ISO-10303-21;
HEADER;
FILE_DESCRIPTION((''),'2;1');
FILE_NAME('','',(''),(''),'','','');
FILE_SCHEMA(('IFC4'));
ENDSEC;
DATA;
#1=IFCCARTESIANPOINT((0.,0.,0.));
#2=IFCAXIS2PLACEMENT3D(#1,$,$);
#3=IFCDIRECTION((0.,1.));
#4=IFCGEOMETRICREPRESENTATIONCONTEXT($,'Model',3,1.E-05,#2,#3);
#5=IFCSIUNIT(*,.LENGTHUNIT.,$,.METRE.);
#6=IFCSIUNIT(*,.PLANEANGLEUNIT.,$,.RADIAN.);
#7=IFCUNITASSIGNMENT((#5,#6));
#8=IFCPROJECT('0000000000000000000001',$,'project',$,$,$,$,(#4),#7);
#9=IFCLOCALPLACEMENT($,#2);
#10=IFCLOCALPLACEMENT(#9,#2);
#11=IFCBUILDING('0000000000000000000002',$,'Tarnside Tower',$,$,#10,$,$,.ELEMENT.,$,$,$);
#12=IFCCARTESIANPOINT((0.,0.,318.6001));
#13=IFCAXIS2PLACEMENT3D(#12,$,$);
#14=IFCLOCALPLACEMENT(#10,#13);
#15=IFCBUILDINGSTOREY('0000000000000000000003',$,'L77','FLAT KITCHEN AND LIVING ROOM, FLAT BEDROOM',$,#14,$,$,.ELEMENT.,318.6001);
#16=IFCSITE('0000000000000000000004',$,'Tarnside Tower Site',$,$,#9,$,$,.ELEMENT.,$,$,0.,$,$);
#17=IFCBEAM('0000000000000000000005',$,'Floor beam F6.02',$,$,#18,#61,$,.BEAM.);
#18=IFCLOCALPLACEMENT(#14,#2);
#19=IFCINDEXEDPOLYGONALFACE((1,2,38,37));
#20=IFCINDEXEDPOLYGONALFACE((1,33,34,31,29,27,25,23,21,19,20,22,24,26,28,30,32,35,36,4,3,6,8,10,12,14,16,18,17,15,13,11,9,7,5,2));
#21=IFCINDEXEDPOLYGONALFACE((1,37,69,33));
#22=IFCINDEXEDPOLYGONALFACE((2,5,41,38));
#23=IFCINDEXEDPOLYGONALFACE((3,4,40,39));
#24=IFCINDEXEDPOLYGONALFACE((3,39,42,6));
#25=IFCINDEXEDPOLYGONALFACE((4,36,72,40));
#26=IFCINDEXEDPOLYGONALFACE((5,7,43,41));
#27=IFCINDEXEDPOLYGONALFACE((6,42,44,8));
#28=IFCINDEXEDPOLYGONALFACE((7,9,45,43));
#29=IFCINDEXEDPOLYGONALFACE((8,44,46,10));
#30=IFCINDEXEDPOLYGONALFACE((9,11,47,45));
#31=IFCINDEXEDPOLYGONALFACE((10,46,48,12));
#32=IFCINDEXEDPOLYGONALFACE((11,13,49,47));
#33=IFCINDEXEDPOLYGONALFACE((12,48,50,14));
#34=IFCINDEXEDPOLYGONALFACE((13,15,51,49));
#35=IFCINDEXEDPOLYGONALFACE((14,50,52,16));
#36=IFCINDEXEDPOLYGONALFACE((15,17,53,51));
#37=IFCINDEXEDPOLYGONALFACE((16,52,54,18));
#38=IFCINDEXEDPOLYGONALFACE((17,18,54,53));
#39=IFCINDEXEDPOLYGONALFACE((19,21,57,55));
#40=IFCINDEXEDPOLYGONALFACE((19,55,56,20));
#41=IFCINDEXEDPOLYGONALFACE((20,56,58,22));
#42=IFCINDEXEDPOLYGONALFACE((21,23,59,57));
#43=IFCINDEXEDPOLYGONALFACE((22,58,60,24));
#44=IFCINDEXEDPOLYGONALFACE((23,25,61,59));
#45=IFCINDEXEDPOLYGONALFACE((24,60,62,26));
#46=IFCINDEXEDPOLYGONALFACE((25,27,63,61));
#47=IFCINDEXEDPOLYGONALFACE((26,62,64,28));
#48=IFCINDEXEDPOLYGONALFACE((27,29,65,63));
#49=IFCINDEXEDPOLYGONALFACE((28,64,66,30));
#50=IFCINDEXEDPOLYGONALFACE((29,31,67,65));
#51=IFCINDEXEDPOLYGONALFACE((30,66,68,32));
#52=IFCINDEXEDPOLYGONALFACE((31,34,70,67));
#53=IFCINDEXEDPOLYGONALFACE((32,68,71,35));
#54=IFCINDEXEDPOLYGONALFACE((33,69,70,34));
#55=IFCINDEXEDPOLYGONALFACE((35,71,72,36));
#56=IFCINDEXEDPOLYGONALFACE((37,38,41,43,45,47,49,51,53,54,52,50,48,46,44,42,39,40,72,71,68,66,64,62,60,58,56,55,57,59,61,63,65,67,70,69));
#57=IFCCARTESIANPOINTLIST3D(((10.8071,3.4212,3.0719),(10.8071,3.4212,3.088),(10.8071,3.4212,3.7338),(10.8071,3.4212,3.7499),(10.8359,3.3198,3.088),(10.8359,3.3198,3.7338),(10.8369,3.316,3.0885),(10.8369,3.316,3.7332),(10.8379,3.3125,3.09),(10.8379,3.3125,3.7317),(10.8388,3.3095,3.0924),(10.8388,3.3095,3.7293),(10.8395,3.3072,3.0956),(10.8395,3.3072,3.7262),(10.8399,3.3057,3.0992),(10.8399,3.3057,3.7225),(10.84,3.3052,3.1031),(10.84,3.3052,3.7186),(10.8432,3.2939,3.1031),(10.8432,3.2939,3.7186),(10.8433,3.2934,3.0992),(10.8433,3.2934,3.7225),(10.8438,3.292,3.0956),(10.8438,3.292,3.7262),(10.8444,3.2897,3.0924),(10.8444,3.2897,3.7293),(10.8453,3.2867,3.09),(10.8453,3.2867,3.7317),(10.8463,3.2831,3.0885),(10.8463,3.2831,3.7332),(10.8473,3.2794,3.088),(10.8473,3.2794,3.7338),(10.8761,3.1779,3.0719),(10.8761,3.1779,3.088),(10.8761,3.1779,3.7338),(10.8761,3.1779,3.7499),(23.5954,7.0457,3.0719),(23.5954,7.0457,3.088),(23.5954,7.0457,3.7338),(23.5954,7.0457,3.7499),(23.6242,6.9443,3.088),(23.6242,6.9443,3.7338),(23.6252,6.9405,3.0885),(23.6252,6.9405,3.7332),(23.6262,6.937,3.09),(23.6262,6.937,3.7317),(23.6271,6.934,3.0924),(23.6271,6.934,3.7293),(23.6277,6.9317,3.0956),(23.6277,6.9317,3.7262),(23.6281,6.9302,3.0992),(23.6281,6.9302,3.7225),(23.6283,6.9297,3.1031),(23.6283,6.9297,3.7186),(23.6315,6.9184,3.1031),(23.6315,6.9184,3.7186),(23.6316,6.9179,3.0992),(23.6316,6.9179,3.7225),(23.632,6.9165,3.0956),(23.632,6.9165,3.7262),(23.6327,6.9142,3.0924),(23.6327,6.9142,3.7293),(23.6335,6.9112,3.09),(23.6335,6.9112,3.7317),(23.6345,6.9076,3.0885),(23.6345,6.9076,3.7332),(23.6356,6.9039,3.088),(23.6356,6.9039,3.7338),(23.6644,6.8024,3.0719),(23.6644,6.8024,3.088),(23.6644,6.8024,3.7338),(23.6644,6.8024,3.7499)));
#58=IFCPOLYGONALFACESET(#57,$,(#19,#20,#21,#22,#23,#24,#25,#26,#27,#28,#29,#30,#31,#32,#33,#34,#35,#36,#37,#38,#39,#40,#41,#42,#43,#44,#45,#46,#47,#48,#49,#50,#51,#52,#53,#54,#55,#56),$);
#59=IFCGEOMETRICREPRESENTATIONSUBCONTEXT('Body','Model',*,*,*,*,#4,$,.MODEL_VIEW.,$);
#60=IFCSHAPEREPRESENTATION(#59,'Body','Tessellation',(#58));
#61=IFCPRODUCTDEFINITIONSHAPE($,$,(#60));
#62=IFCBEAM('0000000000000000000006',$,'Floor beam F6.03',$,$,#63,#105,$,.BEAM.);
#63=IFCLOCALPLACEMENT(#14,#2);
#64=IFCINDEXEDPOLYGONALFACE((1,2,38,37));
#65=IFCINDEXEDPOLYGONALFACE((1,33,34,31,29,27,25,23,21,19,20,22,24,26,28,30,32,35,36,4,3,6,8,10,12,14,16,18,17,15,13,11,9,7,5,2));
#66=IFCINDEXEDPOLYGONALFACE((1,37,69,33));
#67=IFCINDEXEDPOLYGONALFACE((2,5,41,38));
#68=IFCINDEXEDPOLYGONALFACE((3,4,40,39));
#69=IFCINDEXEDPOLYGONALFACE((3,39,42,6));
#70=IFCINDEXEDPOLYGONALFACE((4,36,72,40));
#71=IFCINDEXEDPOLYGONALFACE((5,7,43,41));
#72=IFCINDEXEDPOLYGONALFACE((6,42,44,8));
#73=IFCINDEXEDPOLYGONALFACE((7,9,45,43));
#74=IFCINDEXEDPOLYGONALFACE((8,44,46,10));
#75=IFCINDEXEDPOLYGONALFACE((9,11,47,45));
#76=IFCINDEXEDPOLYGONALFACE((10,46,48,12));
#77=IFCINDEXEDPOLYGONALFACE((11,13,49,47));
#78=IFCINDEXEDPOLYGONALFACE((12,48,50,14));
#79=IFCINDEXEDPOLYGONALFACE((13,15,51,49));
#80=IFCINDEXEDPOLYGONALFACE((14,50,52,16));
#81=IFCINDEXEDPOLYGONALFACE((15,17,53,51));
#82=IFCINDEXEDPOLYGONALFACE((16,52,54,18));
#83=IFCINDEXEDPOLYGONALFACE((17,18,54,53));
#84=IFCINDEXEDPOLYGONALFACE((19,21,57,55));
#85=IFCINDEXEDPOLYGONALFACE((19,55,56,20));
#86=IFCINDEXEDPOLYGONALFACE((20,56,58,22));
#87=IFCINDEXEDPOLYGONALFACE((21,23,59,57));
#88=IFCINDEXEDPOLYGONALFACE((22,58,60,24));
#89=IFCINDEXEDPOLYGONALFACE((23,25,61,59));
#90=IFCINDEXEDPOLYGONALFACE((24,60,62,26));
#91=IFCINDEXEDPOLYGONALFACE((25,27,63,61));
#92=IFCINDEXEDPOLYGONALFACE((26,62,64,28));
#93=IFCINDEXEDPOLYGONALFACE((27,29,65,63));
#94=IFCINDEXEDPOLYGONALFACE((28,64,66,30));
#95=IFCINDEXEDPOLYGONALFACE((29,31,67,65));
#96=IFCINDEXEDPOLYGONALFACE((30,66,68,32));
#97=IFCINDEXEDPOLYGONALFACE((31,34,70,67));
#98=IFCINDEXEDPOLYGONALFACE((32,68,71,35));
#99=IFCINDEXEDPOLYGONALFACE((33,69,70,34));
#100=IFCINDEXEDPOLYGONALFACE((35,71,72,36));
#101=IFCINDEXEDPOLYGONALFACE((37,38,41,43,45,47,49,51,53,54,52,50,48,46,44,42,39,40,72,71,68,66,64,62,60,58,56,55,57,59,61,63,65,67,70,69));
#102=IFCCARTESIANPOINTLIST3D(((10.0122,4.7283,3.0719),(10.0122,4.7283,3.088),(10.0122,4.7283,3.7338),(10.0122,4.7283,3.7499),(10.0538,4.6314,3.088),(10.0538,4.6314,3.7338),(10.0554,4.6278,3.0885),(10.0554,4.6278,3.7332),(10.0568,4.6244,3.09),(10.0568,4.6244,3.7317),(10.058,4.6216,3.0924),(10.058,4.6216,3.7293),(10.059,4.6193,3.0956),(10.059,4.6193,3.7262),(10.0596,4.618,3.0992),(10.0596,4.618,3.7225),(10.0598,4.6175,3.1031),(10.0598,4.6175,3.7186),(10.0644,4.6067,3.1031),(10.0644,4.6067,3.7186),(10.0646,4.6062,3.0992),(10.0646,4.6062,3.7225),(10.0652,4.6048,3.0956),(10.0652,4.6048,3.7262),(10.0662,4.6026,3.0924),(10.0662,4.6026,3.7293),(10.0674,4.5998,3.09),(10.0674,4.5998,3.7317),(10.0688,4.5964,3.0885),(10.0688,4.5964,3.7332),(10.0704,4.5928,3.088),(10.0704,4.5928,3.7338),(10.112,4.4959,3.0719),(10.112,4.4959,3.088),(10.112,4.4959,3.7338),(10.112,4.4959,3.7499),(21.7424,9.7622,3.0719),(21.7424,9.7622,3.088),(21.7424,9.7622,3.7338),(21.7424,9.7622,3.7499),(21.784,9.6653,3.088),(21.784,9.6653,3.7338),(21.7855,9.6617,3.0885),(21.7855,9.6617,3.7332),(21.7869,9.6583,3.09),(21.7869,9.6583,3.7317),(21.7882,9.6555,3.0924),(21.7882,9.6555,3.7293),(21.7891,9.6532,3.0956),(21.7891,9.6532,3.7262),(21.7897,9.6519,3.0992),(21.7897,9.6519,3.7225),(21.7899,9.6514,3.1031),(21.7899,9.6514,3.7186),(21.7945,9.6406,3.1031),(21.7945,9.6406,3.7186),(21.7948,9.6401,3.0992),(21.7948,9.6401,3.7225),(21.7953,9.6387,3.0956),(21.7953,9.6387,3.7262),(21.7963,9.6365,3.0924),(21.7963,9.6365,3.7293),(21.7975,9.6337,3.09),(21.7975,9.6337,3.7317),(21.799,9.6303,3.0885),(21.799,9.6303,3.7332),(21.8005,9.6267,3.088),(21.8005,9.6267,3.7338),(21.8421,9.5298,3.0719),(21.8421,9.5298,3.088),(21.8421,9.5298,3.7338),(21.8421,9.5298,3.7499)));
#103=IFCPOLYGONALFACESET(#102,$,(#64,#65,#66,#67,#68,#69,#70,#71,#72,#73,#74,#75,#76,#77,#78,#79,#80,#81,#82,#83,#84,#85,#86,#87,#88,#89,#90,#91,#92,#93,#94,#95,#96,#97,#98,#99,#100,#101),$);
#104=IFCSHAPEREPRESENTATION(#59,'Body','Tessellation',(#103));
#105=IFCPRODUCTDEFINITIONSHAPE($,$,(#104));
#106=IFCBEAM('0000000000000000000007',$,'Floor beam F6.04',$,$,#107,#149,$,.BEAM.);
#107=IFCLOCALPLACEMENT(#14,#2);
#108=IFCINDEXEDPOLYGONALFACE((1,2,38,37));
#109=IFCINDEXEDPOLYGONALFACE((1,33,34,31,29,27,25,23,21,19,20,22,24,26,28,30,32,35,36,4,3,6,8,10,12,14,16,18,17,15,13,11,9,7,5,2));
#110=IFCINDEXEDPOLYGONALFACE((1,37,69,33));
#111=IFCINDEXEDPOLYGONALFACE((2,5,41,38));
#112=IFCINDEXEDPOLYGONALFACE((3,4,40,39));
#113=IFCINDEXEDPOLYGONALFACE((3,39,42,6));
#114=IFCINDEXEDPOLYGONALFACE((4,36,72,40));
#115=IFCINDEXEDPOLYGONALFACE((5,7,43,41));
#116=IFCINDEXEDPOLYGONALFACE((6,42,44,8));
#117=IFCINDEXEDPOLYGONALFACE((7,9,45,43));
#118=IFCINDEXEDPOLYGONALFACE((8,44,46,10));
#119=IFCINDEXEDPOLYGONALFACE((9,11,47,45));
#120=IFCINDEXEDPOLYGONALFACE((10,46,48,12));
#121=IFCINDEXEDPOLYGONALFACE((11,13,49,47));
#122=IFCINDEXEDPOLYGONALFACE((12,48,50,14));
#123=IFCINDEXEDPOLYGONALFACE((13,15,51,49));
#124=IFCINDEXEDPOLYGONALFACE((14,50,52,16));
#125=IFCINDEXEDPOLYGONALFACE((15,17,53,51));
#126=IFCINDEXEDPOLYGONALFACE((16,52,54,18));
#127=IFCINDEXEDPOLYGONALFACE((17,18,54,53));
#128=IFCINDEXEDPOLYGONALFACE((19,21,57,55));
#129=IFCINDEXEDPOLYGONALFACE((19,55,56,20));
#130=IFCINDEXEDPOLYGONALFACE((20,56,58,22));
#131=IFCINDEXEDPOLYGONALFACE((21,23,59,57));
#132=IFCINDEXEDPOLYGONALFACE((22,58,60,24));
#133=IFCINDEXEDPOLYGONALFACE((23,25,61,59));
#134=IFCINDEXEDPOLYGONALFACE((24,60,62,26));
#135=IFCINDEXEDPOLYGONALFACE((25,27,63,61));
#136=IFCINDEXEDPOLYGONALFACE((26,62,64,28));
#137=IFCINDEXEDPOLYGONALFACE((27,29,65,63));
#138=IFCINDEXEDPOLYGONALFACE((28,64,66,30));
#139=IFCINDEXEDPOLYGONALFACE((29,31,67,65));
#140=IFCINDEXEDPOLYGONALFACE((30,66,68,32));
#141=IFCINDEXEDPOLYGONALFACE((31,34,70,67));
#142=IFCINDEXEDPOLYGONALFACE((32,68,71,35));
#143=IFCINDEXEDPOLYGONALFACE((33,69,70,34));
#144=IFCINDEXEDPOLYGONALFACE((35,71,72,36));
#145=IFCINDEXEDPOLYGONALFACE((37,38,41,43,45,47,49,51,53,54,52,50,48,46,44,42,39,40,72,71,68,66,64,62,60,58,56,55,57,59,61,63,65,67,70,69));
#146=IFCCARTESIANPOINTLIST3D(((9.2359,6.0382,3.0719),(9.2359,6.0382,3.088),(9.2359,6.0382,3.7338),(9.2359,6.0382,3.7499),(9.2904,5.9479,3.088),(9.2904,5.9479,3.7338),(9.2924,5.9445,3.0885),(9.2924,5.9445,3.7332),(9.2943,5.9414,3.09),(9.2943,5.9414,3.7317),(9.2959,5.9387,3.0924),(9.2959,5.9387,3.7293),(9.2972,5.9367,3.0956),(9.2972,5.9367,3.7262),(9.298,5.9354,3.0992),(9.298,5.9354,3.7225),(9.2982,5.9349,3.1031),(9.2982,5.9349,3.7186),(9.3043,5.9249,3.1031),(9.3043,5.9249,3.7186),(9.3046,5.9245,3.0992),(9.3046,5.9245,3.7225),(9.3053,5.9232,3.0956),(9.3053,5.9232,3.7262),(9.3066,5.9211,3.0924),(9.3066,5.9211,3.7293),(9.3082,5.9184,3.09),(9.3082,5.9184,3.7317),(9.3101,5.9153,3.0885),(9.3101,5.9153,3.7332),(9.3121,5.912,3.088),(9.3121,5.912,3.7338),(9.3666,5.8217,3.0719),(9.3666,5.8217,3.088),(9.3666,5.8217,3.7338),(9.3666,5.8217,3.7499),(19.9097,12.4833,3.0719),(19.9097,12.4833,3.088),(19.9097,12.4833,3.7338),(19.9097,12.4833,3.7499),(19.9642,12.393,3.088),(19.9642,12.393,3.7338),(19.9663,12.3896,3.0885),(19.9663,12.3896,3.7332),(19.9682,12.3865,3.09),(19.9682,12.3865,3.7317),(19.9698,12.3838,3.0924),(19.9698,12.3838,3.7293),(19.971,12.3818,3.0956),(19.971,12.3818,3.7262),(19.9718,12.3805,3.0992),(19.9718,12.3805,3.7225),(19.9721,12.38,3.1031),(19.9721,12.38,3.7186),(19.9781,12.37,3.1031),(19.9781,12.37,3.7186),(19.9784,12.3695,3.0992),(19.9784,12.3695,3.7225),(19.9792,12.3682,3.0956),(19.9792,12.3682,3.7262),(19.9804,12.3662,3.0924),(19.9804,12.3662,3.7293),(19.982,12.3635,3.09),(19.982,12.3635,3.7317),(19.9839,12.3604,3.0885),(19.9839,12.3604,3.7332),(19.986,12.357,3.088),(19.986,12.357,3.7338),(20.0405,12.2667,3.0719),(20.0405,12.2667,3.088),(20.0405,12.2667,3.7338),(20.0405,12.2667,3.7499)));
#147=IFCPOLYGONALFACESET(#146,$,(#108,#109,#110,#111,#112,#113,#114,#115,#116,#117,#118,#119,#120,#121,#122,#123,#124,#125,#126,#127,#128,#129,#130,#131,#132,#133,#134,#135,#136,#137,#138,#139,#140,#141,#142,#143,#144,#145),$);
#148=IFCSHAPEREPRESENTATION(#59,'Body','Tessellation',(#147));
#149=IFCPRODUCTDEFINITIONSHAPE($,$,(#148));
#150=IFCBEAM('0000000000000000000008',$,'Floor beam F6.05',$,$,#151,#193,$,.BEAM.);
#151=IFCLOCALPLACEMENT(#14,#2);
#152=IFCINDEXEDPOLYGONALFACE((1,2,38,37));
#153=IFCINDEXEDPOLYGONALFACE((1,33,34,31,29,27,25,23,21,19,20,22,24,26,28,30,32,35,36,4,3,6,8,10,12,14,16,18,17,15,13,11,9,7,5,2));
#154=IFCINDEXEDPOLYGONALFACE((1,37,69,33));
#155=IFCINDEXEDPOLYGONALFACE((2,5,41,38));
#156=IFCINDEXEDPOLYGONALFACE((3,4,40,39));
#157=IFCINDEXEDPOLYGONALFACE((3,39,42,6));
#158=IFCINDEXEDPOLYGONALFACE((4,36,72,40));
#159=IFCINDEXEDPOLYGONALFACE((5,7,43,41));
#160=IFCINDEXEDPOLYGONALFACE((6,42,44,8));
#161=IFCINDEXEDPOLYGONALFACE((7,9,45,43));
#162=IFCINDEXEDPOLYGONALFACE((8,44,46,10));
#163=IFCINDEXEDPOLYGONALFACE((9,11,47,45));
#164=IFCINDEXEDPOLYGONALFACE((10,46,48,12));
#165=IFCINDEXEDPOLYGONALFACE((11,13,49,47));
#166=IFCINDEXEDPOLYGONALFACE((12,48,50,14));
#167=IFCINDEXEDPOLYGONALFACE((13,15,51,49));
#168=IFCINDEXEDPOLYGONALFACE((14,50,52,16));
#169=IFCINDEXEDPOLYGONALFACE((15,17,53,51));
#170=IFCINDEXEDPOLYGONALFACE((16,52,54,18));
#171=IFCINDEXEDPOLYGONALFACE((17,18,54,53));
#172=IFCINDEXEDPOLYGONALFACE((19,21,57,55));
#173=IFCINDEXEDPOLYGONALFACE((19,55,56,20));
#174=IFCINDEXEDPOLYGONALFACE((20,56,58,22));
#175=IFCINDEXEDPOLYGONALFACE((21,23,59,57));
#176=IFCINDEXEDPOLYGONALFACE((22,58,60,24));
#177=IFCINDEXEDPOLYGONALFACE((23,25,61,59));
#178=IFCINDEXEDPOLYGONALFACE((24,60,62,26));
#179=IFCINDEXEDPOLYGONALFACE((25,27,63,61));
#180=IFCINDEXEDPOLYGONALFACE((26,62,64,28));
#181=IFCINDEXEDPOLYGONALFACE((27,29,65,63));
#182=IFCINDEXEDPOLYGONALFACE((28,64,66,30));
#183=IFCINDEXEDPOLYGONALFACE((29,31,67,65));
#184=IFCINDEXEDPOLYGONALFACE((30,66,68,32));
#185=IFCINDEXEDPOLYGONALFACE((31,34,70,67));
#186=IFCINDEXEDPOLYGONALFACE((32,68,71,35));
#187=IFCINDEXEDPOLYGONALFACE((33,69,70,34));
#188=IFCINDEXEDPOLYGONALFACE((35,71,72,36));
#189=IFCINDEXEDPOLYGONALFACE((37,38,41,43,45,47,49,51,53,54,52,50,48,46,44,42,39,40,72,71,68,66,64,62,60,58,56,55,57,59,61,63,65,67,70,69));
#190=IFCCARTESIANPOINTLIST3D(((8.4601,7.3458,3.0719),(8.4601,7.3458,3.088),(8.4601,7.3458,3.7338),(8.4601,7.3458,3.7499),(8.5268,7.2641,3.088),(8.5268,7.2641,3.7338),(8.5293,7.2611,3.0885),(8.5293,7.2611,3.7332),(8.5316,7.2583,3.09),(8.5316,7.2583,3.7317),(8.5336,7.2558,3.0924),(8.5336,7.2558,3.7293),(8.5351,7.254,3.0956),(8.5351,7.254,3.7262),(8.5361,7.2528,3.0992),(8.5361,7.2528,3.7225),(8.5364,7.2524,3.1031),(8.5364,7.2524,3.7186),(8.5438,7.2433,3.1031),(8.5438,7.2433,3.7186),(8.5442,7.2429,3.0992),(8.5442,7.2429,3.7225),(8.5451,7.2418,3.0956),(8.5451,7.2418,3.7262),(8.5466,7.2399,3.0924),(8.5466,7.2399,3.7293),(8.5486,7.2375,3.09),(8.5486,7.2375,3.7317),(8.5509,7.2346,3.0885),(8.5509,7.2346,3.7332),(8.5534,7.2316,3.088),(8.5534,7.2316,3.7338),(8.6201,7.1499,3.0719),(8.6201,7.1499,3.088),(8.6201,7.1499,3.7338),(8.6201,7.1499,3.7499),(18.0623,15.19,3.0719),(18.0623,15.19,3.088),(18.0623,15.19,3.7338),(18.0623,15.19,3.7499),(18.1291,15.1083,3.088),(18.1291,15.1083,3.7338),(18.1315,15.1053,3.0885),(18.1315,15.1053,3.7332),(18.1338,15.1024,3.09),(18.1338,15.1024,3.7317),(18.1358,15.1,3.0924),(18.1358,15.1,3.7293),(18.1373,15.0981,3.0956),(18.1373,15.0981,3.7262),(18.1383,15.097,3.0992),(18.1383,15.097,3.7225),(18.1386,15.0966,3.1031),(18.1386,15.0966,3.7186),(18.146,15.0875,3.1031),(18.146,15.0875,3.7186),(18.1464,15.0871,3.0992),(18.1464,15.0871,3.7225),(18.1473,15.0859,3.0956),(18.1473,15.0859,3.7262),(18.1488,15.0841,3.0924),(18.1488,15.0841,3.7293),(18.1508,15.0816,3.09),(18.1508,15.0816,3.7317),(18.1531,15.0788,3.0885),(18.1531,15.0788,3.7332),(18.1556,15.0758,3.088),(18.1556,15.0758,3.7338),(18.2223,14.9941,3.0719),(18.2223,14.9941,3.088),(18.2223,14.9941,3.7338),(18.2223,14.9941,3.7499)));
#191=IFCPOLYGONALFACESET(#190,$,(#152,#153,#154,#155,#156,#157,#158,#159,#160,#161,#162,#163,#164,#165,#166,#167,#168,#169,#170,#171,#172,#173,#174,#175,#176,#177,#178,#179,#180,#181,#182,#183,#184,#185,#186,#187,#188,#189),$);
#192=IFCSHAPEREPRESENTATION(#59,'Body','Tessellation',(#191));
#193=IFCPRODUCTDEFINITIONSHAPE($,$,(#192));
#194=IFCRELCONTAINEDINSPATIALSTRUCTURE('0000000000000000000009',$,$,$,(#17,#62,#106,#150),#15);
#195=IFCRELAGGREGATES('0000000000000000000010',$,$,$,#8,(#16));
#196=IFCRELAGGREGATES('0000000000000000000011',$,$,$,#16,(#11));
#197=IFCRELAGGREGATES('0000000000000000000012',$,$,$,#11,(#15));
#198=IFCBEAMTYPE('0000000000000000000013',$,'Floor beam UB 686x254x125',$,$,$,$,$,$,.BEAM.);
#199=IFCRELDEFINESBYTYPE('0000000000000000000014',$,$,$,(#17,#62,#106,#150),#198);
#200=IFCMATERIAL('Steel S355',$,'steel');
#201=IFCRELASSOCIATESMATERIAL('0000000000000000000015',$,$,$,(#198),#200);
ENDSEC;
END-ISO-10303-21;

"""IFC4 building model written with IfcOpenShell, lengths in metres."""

from ifc_helpers import new_model, si_unit, direction, frame, origin, origin_2d, place, context, subcontext, project, spatial, i_section, extrude, material, material_profile, profile_set, type_object, element, save


model = new_model("IFC4")

# Units and contexts
model_context = context("Model", 3, precision=1e-05, world=origin(), true_north=direction((0.0, 1.0)))
body_context = subcontext(model_context, "Body", "Model", "MODEL_VIEW")
ifc_project = project(units=[si_unit("LENGTHUNIT", "METRE"), si_unit("PLANEANGLEUNIT", "RADIAN")], contexts=[model_context])

# Site, building, storey
site_placement = place(None, origin())
site = spatial("IfcSite", under=ifc_project, at=site_placement, Name="Tarnside Tower Site", CompositionType="ELEMENT", RefElevation=0.0)
building_placement = place(site_placement, origin())
building = spatial("IfcBuilding", under=site, at=building_placement, Name="Tarnside Tower", CompositionType="ELEMENT")
storey_placement = place(building_placement, frame((0.0, 0.0, 318.6001)))
storey = spatial("IfcBuildingStorey", under=building, at=storey_placement, Name="L77", Description="FLAT KITCHEN AND LIVING ROOM, FLAT BEDROOM", CompositionType="ELEMENT", Elevation=318.6001)

# Beams
ifc_material_1 = material(Name="Steel S355", Category="steel")
ifc_material_profile_1 = material_profile(ifc_material_1, i_section(OverallWidth=0.2529, OverallDepth=0.678, WebThickness=0.0117, FlangeThickness=0.0161, FilletRadius=0.0151, at=origin_2d()), Name="UB 686x254x125")
ifc_profile_set_1 = profile_set([ifc_material_profile_1], Name="Steel S355")
beam_type_1 = type_object("IfcBeamType", Name="Floor beam UB 686x254x125", PredefinedType="BEAM", material=ifc_profile_set_1)
beam_1_placement = place(storey_placement, frame((23.6299, 6.9241, 3.4109), z_axis=(-0.962104, -0.272683, 0.0), x_axis=(0.272683, -0.962104, 0.0)))
element("IfcBeam", 1, at=beam_1_placement, inside=storey, type_object=beam_type_1, Name="Floor beam F6.02", PredefinedType="BEAM", context=body_context, shape_type="SweptSolid", body=[
    extrude(i_section(OverallWidth=0.2529, OverallDepth=0.678, WebThickness=0.0117, FlangeThickness=0.0161, FilletRadius=0.0151, at=origin_2d()), origin(), (0.0, 0.0, 1.0), 13.292),
])
beam_2_placement = place(storey_placement, frame((21.7922, 9.646, 3.4109), z_axis=(-0.918955, -0.394362, 0.0), x_axis=(0.394362, -0.918955, 0.0)))
element("IfcBeam", 2, at=beam_2_placement, inside=storey, type_object=beam_type_1, Name="Floor beam F6.03", PredefinedType="BEAM", context=body_context, shape_type="SweptSolid", body=[
    extrude(i_section(OverallWidth=0.2529, OverallDepth=0.678, WebThickness=0.0117, FlangeThickness=0.0161, FilletRadius=0.0151, at=origin_2d()), origin(), (0.0, 0.0, 1.0), 12.7646),
])
beam_3_placement = place(storey_placement, frame((19.9751, 12.375, 3.4109), z_axis=(-0.856047, -0.516898, 0.0), x_axis=(0.516898, -0.856047, 0.0)))
element("IfcBeam", 3, at=beam_3_placement, inside=storey, type_object=beam_type_1, Name="Floor beam F6.04", PredefinedType="BEAM", context=body_context, shape_type="SweptSolid", body=[
    extrude(i_section(OverallWidth=0.2529, OverallDepth=0.678, WebThickness=0.0117, FlangeThickness=0.0161, FilletRadius=0.0151, at=origin_2d()), origin(), (0.0, 0.0, 1.0), 12.4688),
])
beam_4_placement = place(storey_placement, frame((18.1423, 15.092, 3.4109), z_axis=(-0.774439, -0.632649, 0.0), x_axis=(0.632649, -0.774439, 0.0)))
element("IfcBeam", 4, at=beam_4_placement, inside=storey, type_object=beam_type_1, Name="Floor beam F6.05", PredefinedType="BEAM", context=body_context, shape_type="SweptSolid", body=[
    extrude(i_section(OverallWidth=0.2529, OverallDepth=0.678, WebThickness=0.0117, FlangeThickness=0.0161, FilletRadius=0.0151, at=origin_2d()), origin(), (0.0, 0.0, 1.0), 12.3989),
])

save(model, "model.ifc")
